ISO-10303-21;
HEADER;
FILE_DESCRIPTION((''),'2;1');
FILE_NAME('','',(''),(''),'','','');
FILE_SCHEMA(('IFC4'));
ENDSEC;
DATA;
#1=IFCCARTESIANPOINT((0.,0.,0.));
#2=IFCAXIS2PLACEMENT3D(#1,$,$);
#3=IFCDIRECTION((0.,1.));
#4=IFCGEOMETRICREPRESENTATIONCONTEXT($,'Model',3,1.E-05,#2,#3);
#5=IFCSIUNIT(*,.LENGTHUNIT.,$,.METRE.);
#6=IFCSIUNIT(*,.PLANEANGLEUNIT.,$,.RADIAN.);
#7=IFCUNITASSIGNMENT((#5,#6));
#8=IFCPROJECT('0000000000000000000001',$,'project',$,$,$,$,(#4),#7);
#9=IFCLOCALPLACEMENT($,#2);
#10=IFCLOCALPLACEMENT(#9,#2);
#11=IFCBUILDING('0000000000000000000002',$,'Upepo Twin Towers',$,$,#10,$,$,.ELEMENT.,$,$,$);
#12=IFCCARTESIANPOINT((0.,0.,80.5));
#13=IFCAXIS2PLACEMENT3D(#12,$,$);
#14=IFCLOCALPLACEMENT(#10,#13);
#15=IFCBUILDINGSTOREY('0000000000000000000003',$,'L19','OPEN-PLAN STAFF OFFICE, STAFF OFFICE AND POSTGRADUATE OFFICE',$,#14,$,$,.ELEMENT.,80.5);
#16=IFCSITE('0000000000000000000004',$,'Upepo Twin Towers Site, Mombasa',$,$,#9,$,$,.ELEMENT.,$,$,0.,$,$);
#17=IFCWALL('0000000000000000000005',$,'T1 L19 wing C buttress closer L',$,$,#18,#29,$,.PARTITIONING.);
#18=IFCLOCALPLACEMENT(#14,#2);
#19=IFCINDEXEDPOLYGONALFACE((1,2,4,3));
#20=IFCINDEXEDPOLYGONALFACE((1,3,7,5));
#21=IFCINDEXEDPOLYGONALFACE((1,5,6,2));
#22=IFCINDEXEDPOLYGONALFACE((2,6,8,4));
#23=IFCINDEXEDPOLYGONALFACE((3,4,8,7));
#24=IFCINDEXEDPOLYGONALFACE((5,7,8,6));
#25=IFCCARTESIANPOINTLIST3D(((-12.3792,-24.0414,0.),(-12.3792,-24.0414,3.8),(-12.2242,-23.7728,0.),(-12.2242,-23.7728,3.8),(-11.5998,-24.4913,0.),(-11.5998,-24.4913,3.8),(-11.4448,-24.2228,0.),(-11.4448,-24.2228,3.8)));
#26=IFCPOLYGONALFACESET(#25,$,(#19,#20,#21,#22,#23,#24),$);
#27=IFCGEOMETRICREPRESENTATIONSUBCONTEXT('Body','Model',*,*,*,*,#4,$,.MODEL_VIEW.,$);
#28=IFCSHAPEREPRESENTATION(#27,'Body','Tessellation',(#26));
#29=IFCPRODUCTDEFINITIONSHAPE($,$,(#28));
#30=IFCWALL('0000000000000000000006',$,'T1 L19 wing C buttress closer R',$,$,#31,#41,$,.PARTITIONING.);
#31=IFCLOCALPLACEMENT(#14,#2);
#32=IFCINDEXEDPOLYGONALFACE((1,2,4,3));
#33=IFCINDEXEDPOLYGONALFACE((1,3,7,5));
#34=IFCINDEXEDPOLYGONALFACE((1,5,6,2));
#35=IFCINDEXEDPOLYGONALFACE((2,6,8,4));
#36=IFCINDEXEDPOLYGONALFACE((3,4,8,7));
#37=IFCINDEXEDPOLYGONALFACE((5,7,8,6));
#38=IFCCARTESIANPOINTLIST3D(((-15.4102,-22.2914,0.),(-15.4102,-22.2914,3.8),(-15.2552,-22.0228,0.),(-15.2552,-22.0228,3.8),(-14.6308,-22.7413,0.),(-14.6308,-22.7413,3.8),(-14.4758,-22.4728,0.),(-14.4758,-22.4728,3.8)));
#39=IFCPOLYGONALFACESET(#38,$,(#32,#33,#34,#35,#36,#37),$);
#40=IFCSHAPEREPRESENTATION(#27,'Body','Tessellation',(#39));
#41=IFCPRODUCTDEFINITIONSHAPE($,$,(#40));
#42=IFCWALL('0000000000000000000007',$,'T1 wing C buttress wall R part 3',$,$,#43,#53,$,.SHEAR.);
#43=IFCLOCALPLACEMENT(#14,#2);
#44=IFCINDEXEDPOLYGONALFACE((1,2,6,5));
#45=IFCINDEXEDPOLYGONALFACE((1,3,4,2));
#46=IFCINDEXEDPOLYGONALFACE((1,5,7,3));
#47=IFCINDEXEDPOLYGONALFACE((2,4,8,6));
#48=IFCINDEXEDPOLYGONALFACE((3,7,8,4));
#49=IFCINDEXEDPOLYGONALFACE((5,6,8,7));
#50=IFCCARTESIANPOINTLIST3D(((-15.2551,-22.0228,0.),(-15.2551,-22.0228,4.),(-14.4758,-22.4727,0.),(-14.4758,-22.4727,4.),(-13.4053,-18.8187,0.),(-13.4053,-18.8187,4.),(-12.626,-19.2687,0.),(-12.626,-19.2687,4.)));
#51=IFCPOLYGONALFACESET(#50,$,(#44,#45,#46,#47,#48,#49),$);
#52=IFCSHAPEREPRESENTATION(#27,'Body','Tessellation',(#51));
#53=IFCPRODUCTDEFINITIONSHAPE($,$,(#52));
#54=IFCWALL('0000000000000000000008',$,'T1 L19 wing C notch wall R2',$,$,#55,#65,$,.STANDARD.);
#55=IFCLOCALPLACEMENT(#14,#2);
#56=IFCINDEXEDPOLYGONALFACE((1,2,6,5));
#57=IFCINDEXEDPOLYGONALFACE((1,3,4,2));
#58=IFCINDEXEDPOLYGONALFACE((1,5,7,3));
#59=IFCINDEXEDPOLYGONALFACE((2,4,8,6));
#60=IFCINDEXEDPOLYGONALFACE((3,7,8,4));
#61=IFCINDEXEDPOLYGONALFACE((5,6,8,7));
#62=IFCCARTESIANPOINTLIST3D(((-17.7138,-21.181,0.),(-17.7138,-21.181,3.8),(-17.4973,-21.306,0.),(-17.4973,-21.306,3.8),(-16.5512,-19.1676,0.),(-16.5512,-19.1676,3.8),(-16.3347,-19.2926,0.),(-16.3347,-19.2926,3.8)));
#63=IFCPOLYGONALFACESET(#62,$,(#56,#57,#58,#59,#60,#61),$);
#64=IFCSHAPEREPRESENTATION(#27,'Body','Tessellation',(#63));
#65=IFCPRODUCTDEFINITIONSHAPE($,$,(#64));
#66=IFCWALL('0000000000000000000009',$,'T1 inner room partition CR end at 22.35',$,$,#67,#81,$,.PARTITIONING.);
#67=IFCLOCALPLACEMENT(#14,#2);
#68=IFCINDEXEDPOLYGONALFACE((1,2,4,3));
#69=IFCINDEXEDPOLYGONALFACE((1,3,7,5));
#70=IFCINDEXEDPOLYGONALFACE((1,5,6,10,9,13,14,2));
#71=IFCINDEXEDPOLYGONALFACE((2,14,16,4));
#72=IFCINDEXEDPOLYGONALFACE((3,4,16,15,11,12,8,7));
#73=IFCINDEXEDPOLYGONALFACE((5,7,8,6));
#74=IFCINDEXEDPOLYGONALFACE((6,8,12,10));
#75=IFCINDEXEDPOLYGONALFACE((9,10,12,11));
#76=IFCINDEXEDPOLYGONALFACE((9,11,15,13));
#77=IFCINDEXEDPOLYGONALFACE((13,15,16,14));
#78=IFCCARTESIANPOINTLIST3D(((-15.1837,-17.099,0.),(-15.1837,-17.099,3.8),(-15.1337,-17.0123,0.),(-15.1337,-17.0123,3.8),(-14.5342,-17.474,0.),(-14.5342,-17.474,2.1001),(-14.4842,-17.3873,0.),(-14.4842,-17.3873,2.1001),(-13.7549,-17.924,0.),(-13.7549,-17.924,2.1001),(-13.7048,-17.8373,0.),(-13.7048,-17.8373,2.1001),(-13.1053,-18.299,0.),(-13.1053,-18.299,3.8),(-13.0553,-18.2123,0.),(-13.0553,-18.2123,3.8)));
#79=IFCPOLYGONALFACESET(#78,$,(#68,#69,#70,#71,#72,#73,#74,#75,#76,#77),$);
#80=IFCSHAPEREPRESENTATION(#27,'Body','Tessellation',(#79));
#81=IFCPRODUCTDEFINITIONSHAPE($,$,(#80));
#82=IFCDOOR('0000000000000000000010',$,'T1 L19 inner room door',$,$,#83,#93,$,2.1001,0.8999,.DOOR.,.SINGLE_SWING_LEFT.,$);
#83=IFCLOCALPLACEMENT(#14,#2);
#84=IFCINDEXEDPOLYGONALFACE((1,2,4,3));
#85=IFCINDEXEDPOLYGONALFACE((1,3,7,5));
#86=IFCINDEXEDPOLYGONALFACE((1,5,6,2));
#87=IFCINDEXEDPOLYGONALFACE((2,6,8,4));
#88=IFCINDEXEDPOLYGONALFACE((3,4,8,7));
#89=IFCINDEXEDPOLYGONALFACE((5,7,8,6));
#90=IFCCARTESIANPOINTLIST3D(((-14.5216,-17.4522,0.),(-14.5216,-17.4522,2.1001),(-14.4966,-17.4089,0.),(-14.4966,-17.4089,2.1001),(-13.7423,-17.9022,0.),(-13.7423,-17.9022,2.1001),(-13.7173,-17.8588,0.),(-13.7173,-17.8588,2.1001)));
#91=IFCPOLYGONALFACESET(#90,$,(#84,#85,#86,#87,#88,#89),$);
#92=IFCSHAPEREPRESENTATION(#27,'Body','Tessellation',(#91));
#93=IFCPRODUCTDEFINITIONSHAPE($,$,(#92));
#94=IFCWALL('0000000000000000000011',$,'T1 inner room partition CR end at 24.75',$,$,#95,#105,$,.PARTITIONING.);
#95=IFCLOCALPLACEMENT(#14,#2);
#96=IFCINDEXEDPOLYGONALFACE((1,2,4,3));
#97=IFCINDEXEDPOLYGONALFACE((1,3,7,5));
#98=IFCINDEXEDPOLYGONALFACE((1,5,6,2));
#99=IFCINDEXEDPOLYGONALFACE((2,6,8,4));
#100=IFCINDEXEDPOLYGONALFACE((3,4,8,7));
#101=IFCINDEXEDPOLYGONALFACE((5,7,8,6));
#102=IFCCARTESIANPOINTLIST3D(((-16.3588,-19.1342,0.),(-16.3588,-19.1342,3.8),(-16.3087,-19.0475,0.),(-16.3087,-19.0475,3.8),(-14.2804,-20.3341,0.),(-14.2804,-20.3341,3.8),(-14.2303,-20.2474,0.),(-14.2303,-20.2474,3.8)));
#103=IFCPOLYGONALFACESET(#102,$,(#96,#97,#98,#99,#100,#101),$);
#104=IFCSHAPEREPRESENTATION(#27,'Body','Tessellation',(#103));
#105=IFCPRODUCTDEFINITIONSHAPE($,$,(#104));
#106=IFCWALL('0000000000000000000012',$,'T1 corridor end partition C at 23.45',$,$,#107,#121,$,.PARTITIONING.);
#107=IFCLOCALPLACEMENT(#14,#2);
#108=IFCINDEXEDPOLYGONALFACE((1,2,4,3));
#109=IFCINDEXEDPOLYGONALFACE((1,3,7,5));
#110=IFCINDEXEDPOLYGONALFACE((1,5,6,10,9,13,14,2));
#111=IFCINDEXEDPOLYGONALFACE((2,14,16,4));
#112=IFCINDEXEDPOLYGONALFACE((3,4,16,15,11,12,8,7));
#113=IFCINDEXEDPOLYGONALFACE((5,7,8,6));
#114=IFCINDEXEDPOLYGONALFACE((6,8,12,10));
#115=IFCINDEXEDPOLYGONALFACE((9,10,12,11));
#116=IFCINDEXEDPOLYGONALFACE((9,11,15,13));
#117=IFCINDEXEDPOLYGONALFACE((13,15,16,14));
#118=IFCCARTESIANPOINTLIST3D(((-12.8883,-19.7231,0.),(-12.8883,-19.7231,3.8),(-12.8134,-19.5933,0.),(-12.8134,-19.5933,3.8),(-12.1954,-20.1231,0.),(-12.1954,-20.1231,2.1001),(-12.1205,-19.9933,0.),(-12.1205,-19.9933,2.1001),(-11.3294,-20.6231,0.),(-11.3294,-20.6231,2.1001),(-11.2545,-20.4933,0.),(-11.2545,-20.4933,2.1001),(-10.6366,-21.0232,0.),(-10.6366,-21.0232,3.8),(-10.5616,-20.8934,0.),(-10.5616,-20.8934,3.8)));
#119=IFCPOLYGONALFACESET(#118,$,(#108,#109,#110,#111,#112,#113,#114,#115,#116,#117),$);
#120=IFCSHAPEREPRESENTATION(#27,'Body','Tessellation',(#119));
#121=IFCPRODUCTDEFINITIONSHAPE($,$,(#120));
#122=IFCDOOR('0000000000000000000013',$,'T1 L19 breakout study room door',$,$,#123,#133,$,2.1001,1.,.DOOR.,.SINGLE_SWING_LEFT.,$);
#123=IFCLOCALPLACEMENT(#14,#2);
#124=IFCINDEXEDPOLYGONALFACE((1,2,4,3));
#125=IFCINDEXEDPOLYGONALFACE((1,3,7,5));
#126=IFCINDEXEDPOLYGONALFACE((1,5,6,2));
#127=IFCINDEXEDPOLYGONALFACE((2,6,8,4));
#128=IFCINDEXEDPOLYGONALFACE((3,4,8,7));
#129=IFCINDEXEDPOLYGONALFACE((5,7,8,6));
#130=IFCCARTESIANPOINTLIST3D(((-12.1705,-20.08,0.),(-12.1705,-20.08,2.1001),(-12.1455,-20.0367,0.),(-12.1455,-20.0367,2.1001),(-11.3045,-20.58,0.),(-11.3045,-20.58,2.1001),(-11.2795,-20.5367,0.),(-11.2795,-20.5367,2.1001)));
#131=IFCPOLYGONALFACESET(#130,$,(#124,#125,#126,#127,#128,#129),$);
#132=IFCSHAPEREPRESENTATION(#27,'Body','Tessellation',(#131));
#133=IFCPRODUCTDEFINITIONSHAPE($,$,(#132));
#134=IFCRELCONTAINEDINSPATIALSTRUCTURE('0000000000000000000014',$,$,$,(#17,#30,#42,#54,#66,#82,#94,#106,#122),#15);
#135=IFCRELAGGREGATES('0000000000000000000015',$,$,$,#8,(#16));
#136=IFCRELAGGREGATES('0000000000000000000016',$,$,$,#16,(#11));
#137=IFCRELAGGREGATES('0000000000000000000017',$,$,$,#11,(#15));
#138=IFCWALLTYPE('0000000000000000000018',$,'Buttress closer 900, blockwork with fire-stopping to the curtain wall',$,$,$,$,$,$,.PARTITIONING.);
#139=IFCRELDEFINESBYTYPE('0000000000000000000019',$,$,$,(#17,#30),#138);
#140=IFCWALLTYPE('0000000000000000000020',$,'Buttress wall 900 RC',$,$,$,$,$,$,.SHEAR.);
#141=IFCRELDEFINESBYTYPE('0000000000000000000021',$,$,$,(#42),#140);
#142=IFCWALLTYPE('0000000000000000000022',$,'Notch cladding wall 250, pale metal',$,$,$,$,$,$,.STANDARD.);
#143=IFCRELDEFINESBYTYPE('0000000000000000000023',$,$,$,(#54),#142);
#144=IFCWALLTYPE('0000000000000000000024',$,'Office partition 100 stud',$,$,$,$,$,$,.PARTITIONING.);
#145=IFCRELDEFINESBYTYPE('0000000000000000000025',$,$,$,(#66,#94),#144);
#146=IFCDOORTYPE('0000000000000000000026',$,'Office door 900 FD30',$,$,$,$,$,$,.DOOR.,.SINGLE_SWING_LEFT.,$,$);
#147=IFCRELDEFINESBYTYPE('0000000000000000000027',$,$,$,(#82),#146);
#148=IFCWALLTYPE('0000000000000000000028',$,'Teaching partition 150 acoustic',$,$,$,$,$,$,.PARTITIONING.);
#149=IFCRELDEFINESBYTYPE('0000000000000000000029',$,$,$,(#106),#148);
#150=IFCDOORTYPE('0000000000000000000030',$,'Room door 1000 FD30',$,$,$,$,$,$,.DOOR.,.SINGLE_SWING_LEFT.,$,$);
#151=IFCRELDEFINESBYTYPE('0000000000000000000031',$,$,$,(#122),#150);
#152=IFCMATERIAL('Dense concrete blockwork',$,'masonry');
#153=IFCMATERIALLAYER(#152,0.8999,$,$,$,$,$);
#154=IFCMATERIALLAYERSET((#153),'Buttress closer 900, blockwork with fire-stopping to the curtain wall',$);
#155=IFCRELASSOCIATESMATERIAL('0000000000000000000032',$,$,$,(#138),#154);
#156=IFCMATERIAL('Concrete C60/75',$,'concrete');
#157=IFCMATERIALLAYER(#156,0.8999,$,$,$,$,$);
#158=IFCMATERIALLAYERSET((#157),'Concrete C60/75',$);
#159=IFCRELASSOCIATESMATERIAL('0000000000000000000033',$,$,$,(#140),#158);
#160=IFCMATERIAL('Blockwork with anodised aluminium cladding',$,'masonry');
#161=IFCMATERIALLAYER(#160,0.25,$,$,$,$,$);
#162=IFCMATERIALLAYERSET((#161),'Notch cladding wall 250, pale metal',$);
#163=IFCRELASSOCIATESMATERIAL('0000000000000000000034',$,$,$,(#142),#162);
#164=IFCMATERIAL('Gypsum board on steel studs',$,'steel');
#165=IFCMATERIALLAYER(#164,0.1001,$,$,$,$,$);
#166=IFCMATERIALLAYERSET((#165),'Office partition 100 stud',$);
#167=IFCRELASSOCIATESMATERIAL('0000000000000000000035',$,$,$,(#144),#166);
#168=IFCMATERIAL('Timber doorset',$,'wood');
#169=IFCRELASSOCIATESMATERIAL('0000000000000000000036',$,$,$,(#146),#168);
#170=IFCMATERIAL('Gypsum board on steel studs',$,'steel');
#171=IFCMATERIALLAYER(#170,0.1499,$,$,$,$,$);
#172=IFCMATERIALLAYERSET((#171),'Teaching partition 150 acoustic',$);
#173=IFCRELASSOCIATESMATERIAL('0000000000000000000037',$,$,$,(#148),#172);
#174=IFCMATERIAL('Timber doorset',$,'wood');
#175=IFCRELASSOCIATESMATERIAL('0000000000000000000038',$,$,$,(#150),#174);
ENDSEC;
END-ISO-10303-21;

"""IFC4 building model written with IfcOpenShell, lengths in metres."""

from ifc_helpers import new_model, si_unit, direction, frame, frame_2d, origin, place, context, subcontext, project, spatial, rectangle, extrude, material, layer, layer_set, type_object, element, fill, save


model = new_model("IFC4")

# Units and contexts
model_context = context("Model", 3, precision=1e-05, world=origin(), true_north=direction((0.0, 1.0)))
body_context = subcontext(model_context, "Body", "Model", "MODEL_VIEW")
ifc_project = project(units=[si_unit("LENGTHUNIT", "METRE"), si_unit("PLANEANGLEUNIT", "RADIAN")], contexts=[model_context])

# Site, building, storey
site_placement = place(None, origin())
site = spatial("IfcSite", under=ifc_project, at=site_placement, Name="Upepo Twin Towers Site, Mombasa", CompositionType="ELEMENT", RefElevation=0.0)
building_placement = place(site_placement, origin())
building = spatial("IfcBuilding", under=site, at=building_placement, Name="Upepo Twin Towers", CompositionType="ELEMENT")
storey_placement = place(building_placement, frame((0.0, 0.0, 80.5)))
storey = spatial("IfcBuildingStorey", under=building, at=storey_placement, Name="L19", Description="OPEN-PLAN STAFF OFFICE, STAFF OFFICE AND POSTGRADUATE OFFICE", CompositionType="ELEMENT", Elevation=80.5)

# Walls
ifc_material_1 = material(Name="Dense concrete blockwork", Category="masonry")
ifc_layer_1 = layer(ifc_material_1, 0.8999)
ifc_layer_set_1 = layer_set([ifc_layer_1], Name="Buttress closer 900, blockwork with fire-stopping to the curtain wall")
wall_type_1 = type_object("IfcWallType", Name="Buttress closer 900, blockwork with fire-stopping to the curtain wall", PredefinedType="PARTITIONING", material=ifc_layer_set_1)
for number, where, z_axis, x_axis, name in (
    (1, (-11.8345, -23.9978, 0.0), (0.0, 0.0, 1.0), (-0.49995, -0.866054, 0.0), "T1 L19 wing C buttress closer L"),
    (2, (-14.8655, -22.2478, 0.0), (0.0, 0.0, 1.0), (-0.49995, -0.866054, 0.0), "T1 L19 wing C buttress closer R"),
):
    element("IfcWall", number, at=place(storey_placement, frame(where, z_axis=z_axis, x_axis=x_axis)), inside=storey, type_object=wall_type_1, Name=name, PredefinedType="PARTITIONING", context=body_context, shape_type="SweptSolid", body=[
        extrude(rectangle(XDim=0.3101, YDim=0.8999, at=frame_2d((0.155, 0.0))), origin(), (0.0, 0.0, 1.0), 3.8),
    ])
ifc_material_2 = material(Name="Concrete C60/75", Category="concrete")
ifc_layer_2 = layer(ifc_material_2, 0.8999)
ifc_layer_set_2 = layer_set([ifc_layer_2], Name="Concrete C60/75")
wall_type_2 = type_object("IfcWallType", Name="Buttress wall 900 RC", PredefinedType="SHEAR", material=ifc_layer_set_2)
wall_1_placement = place(storey_placement, frame((-13.0156, -19.0437, 0.0), z_axis=(0.0, 0.0, 1.0), x_axis=(-0.499993, -0.86603, 0.0)))
element("IfcWall", 3, at=wall_1_placement, inside=storey, type_object=wall_type_2, Name="T1 wing C buttress wall R part 3", PredefinedType="SHEAR", context=body_context, shape_type="SweptSolid", body=[
    extrude(rectangle(XDim=3.6997, YDim=0.8999, at=frame_2d((1.8499, 0.0))), origin(), (0.0, 0.0, 1.0), 4.0),
])
ifc_material_3 = material(Name="Blockwork with anodised aluminium cladding", Category="masonry")
ifc_layer_3 = layer(ifc_material_3, 0.25)
ifc_layer_set_3 = layer_set([ifc_layer_3], Name="Notch cladding wall 250, pale metal")
wall_type_3 = type_object("IfcWallType", Name="Notch cladding wall 250, pale metal", PredefinedType="STANDARD", material=ifc_layer_set_3)
wall_2_placement = place(storey_placement, frame((-16.4429, -19.23, 0.0), z_axis=(0.0, 0.0, 1.0), x_axis=(-0.500047, -0.865998, 0.0)))
element("IfcWall", 4, at=wall_2_placement, inside=storey, type_object=wall_type_3, Name="T1 L19 wing C notch wall R2", PredefinedType="STANDARD", context=body_context, shape_type="SweptSolid", body=[
    extrude(rectangle(XDim=2.325, YDim=0.25, at=frame_2d((1.1626, 0.0))), origin(), (0.0, 0.0, 1.0), 3.8),
])

# Wall, opening, door
ifc_material_4 = material(Name="Gypsum board on steel studs", Category="steel")
ifc_layer_4 = layer(ifc_material_4, 0.1001)
ifc_layer_set_4 = layer_set([ifc_layer_4], Name="Office partition 100 stud")
wall_type_4 = type_object("IfcWallType", Name="Office partition 100 stud", PredefinedType="PARTITIONING", material=ifc_layer_set_4)
wall_3_placement = place(storey_placement, frame((-13.0803, -18.2556, 0.0), z_axis=(0.0, 0.0, 1.0), x_axis=(-0.866025, 0.500001, 0.0)))
wall_3 = element("IfcWall", 5, at=wall_3_placement, inside=storey, type_object=wall_type_4, Name="T1 inner room partition CR end at 22.35", PredefinedType="PARTITIONING", context=body_context, shape_type="SweptSolid", body=[
    extrude(rectangle(XDim=2.3999, YDim=0.1001, at=frame_2d((1.2, 0.0))), origin(), (0.0, 0.0, 1.0), 3.8),
])
opening_1_placement = place(wall_3_placement, frame((0.75, 0.0, 0.0)))
opening_1 = element("IfcOpeningElement", 6, at=opening_1_placement, cuts=wall_3, PredefinedType="OPENING", context=body_context, shape_type="SweptSolid", body=[
    extrude(rectangle(XDim=0.8999, YDim=2.1001, at=frame_2d((0.45, 1.05))), frame((0.0, 0.0601, 0.0), z_axis=(0.0, -1.0, 0.0), x_axis=(1.0, 0.0, 0.0)), (0.0, 0.0, 1.0), 0.1201),
])
ifc_material_5 = material(Name="Timber doorset", Category="wood")
door_type_1 = type_object("IfcDoorType", Name="Office door 900 FD30", OperationType="SINGLE_SWING_LEFT", PredefinedType="DOOR", material=ifc_material_5)
door_1_placement = place(opening_1_placement, origin())
door_1 = element("IfcDoor", 7, at=door_1_placement, inside=storey, type_object=door_type_1, Name="T1 L19 inner room door", OperationType="SINGLE_SWING_LEFT", OverallHeight=2.1001, OverallWidth=0.8999, PredefinedType="DOOR", context=body_context, shape_type="SweptSolid", body=[
    extrude(rectangle(XDim=0.8999, YDim=2.1001, at=frame_2d((0.45, 1.05))), frame((0.0, 0.0249, 0.0), z_axis=(0.0, -1.0, 0.0), x_axis=(1.0, 0.0, 0.0)), (0.0, 0.0, 1.0), 0.05),
])
fill(opening_1, door_1)

# Wall
wall_4_placement = place(storey_placement, frame((-14.2554, -20.2908, 0.0), z_axis=(0.0, 0.0, 1.0), x_axis=(-0.866025, 0.500001, 0.0)))
element("IfcWall", 8, at=wall_4_placement, inside=storey, type_object=wall_type_4, Name="T1 inner room partition CR end at 24.75", PredefinedType="PARTITIONING", context=body_context, shape_type="SweptSolid", body=[
    extrude(rectangle(XDim=2.3999, YDim=0.1001, at=frame_2d((1.2, 0.0))), origin(), (0.0, 0.0, 1.0), 3.8),
])

# Wall, opening, door
ifc_material_6 = material(Name="Gypsum board on steel studs", Category="steel")
ifc_layer_5 = layer(ifc_material_6, 0.1499)
ifc_layer_set_5 = layer_set([ifc_layer_5], Name="Teaching partition 150 acoustic")
wall_type_5 = type_object("IfcWallType", Name="Teaching partition 150 acoustic", PredefinedType="PARTITIONING", material=ifc_layer_set_5)
wall_5_placement = place(storey_placement, frame((-12.8508, -19.6582, 0.0), z_axis=(0.0, 0.0, 1.0), x_axis=(0.866021, -0.500007, 0.0)))
wall_5 = element("IfcWall", 9, at=wall_5_placement, inside=storey, type_object=wall_type_5, Name="T1 corridor end partition C at 23.45", PredefinedType="PARTITIONING", context=body_context, shape_type="SweptSolid", body=[
    extrude(rectangle(XDim=2.6001, YDim=0.1499, at=frame_2d((1.3, 0.0))), origin(), (0.0, 0.0, 1.0), 3.8),
])
opening_2_placement = place(wall_5_placement, frame((0.8, 0.0, 0.0)))
opening_2 = element("IfcOpeningElement", 10, at=opening_2_placement, cuts=wall_5, PredefinedType="OPENING", context=body_context, shape_type="SweptSolid", body=[
    extrude(rectangle(XDim=1.0, YDim=2.1001, at=frame_2d((0.5, 1.05))), frame((0.0, 0.085, 0.0), z_axis=(0.0, -1.0, 0.0), x_axis=(1.0, 0.0, 0.0)), (0.0, 0.0, 1.0), 0.1699),
])
ifc_material_7 = material(Name="Timber doorset", Category="wood")
door_type_2 = type_object("IfcDoorType", Name="Room door 1000 FD30", OperationType="SINGLE_SWING_LEFT", PredefinedType="DOOR", material=ifc_material_7)
door_2_placement = place(opening_2_placement, origin())
door_2 = element("IfcDoor", 11, at=door_2_placement, inside=storey, type_object=door_type_2, Name="T1 L19 breakout study room door", OperationType="SINGLE_SWING_LEFT", OverallHeight=2.1001, OverallWidth=1.0, PredefinedType="DOOR", context=body_context, shape_type="SweptSolid", body=[
    extrude(rectangle(XDim=1.0, YDim=2.1001, at=frame_2d((0.5, 1.05))), frame((0.0, 0.0249, 0.0), z_axis=(0.0, -1.0, 0.0), x_axis=(1.0, 0.0, 0.0)), (0.0, 0.0, 1.0), 0.05),
])
fill(opening_2, door_2)

save(model, "model.ifc")
